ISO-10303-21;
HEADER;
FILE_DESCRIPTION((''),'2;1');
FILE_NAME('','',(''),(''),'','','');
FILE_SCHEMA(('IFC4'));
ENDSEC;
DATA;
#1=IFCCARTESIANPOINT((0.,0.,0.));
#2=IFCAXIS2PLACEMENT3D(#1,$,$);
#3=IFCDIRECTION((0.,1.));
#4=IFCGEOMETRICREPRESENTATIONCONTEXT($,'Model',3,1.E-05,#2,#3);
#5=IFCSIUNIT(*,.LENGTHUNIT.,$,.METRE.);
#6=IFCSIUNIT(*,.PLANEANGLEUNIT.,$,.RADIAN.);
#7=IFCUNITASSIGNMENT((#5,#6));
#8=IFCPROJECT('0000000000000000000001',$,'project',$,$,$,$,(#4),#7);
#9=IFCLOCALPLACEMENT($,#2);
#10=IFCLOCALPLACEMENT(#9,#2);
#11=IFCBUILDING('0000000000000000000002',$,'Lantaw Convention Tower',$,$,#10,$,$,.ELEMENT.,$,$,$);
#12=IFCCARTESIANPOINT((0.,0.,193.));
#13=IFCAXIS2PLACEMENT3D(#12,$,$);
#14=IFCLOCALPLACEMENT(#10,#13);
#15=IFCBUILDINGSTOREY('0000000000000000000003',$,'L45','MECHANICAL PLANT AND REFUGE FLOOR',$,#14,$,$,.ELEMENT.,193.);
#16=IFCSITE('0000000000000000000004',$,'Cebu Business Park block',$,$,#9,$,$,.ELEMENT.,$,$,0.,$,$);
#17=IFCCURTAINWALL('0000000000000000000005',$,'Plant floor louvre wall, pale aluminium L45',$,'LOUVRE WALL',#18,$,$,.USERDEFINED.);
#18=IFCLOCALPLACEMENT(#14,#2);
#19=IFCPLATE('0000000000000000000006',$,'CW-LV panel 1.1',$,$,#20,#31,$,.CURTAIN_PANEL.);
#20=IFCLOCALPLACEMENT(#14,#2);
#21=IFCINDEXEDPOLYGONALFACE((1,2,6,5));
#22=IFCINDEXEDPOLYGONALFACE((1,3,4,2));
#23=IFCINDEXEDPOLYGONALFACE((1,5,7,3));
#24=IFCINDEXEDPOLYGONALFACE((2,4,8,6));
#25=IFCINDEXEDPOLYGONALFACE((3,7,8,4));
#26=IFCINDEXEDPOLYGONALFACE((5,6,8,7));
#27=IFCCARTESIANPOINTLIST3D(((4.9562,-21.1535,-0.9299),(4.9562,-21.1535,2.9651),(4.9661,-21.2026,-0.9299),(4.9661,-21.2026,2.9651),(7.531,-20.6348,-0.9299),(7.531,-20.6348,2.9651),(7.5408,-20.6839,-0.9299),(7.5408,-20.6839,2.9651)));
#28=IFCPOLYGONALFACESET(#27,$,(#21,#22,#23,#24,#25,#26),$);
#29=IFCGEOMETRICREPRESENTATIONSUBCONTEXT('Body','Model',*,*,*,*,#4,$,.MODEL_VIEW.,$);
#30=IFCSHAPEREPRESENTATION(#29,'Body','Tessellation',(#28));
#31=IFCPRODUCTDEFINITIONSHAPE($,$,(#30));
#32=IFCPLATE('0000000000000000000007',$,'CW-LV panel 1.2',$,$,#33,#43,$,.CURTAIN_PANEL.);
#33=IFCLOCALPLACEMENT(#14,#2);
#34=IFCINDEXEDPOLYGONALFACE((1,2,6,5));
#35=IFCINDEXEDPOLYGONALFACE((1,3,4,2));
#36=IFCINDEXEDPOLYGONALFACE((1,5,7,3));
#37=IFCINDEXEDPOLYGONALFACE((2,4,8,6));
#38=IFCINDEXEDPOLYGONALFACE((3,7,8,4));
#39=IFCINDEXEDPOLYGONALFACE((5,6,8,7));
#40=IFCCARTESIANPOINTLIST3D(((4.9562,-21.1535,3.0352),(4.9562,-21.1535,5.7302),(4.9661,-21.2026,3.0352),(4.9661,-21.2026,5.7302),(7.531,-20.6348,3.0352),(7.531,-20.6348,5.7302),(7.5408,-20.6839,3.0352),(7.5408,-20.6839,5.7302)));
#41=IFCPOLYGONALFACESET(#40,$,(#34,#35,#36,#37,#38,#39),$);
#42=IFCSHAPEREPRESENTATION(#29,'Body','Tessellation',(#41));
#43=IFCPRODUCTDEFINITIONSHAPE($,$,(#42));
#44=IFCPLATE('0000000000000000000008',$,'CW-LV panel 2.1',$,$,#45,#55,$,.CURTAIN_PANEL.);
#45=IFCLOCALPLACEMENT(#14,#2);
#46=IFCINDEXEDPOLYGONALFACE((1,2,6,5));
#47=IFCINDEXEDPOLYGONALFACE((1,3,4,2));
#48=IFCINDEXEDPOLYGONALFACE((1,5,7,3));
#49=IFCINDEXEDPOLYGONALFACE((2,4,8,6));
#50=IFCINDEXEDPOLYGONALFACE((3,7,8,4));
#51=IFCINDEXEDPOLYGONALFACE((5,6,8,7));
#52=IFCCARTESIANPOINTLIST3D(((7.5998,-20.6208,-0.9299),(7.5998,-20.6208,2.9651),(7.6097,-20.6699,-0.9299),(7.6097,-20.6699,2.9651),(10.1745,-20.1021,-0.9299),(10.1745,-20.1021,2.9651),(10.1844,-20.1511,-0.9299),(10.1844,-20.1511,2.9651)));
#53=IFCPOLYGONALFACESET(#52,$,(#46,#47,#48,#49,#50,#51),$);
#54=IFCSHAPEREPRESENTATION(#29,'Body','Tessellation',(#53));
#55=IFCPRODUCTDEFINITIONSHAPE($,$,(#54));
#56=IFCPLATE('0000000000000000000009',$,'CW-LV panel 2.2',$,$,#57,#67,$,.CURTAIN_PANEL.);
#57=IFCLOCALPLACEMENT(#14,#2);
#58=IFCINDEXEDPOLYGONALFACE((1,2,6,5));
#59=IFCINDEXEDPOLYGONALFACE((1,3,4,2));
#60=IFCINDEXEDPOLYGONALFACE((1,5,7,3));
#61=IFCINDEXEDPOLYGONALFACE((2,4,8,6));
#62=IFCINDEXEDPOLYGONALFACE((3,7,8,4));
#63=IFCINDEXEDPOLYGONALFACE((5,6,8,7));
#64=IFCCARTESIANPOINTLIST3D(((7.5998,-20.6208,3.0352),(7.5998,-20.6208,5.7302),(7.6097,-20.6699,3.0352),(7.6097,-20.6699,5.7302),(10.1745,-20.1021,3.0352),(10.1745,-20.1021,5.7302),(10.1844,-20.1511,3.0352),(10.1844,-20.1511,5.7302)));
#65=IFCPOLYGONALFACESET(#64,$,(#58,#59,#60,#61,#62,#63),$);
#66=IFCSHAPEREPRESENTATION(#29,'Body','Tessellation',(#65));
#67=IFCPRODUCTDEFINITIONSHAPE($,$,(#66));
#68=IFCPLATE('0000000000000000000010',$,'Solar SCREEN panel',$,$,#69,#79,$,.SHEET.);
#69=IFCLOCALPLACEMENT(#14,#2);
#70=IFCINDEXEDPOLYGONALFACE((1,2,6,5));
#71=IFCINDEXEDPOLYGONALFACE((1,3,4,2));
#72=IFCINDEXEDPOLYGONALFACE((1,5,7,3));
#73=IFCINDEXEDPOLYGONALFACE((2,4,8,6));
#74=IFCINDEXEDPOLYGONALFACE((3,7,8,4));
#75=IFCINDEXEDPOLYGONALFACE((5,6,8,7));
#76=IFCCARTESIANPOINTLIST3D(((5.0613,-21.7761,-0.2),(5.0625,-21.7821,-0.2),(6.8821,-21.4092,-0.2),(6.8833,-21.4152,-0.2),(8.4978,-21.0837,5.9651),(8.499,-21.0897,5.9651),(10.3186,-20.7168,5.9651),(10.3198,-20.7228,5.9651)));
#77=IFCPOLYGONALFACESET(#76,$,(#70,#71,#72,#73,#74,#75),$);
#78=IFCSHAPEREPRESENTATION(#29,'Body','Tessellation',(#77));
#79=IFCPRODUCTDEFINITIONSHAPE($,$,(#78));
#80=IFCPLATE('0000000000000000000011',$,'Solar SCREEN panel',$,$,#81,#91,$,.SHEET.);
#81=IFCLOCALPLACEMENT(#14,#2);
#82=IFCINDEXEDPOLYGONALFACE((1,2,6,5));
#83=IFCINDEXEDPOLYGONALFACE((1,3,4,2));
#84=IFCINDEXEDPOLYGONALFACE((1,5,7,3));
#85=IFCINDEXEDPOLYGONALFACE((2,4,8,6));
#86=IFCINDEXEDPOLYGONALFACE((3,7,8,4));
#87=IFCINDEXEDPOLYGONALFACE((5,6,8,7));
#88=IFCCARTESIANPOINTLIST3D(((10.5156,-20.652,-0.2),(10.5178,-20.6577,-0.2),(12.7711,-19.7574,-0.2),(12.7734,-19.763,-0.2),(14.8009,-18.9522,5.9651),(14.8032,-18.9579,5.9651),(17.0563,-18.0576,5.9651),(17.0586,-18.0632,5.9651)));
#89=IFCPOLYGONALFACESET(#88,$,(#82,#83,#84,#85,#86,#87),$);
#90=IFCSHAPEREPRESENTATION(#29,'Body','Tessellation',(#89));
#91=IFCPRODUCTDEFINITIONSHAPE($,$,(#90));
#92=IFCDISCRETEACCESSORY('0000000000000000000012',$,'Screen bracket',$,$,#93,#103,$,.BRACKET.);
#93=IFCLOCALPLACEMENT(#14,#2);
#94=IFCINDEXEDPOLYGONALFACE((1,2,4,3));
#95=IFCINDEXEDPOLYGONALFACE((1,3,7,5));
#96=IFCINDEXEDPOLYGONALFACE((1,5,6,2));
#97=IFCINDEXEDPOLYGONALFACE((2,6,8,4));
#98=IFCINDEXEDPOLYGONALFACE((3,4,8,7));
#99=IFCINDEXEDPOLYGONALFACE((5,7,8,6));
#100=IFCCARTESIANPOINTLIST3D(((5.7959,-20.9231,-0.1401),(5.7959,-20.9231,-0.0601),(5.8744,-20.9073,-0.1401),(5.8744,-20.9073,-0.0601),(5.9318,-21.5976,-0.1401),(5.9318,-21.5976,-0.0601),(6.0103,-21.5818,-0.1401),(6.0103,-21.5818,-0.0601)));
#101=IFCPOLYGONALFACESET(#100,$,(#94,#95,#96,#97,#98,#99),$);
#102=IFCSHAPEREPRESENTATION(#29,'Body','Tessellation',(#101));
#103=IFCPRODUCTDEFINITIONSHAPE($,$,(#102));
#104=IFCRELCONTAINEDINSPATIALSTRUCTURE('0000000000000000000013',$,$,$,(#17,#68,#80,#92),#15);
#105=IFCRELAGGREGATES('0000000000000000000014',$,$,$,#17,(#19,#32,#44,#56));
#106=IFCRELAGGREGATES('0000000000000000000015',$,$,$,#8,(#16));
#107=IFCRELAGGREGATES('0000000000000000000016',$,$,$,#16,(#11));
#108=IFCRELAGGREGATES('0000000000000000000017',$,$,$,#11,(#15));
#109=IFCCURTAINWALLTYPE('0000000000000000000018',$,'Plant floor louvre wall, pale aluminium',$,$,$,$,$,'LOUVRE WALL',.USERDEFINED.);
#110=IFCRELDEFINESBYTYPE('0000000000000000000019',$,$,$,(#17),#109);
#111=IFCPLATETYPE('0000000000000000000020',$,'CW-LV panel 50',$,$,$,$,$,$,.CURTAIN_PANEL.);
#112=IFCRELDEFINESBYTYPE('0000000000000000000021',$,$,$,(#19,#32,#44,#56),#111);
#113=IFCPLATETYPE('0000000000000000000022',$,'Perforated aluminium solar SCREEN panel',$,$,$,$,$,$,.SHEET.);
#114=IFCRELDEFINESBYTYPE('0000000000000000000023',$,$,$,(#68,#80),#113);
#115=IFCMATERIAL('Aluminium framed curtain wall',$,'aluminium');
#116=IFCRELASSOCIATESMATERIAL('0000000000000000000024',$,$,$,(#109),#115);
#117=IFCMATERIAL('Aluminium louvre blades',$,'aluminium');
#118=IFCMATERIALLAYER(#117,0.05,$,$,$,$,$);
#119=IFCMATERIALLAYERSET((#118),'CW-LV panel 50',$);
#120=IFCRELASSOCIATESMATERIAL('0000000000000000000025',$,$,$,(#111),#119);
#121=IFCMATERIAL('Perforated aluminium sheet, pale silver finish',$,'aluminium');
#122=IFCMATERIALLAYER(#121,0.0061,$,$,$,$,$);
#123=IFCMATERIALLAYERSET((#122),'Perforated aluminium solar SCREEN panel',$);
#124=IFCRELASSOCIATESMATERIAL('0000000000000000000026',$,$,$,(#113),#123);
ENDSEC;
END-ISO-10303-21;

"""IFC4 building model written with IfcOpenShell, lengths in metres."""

from ifc_helpers import new_model, si_unit, direction, frame, origin, origin_2d, place, context, subcontext, project, spatial, polyline, rectangle, outline, extrude, material, layer, layer_set, type_object, element, aggregate, save


model = new_model("IFC4")

# Units and contexts
model_context = context("Model", 3, precision=1e-05, world=origin(), true_north=direction((0.0, 1.0)))
body_context = subcontext(model_context, "Body", "Model", "MODEL_VIEW")
ifc_project = project(units=[si_unit("LENGTHUNIT", "METRE"), si_unit("PLANEANGLEUNIT", "RADIAN")], contexts=[model_context])

# Site, building, storey
site_placement = place(None, origin())
site = spatial("IfcSite", under=ifc_project, at=site_placement, Name="Cebu Business Park block", CompositionType="ELEMENT", RefElevation=0.0)
building_placement = place(site_placement, origin())
building = spatial("IfcBuilding", under=site, at=building_placement, Name="Lantaw Convention Tower", CompositionType="ELEMENT")
storey_placement = place(building_placement, frame((0.0, 0.0, 193.0)))
storey = spatial("IfcBuildingStorey", under=building, at=storey_placement, Name="L45", Description="MECHANICAL PLANT AND REFUGE FLOOR", CompositionType="ELEMENT", Elevation=193.0)

# Shared definitions
ifc_material_1 = material(Name="Aluminium framed curtain wall", Category="aluminium")
curtain_wall_type = type_object("IfcCurtainWallType", Name="Plant floor louvre wall, pale aluminium", ElementType="LOUVRE WALL", PredefinedType="USERDEFINED", material=ifc_material_1)

# Curtain wall
curtain_wall_1_placement = place(storey_placement, origin())
curtain_wall_1 = element("IfcCurtainWall", 1, at=curtain_wall_1_placement, inside=storey, type_object=curtain_wall_type, Name="Plant floor louvre wall, pale aluminium L45", ObjectType="LOUVRE WALL", PredefinedType="USERDEFINED")

# Plates
ifc_material_2 = material(Name="Aluminium louvre blades", Category="aluminium")
ifc_layer_1 = layer(ifc_material_2, 0.05)
ifc_layer_set_1 = layer_set([ifc_layer_1], Name="CW-LV panel 50")
plate_type_1 = type_object("IfcPlateType", Name="CW-LV panel 50", PredefinedType="CURTAIN_PANEL", material=ifc_layer_set_1)
plate_1_placement = place(storey_placement, frame((6.2485, -20.9187, -0.9299), z_axis=(0.0, 0.0, 1.0), x_axis=(0.980302, 0.197507, 0.0)))
plate_1 = element("IfcPlate", 2, at=plate_1_placement, type_object=plate_type_1, Name="CW-LV panel 1.1", PredefinedType="CURTAIN_PANEL", context=body_context, shape_type="SweptSolid", body=[
    extrude(rectangle(XDim=2.6265, YDim=0.05, at=origin_2d()), origin(), (0.0, 0.0, 1.0), 3.895),
])
plate_2_placement = place(storey_placement, frame((6.2485, -20.9187, 3.0352), z_axis=(0.0, 0.0, 1.0), x_axis=(0.980302, 0.197507, 0.0)))
plate_2 = element("IfcPlate", 3, at=plate_2_placement, type_object=plate_type_1, Name="CW-LV panel 1.2", PredefinedType="CURTAIN_PANEL", context=body_context, shape_type="SweptSolid", body=[
    extrude(rectangle(XDim=2.6265, YDim=0.05, at=origin_2d()), origin(), (0.0, 0.0, 1.0), 2.6951),
])
plate_3_placement = place(storey_placement, frame((8.8921, -20.386, -0.9299), z_axis=(0.0, 0.0, 1.0), x_axis=(0.980302, 0.197507, 0.0)))
plate_3 = element("IfcPlate", 4, at=plate_3_placement, type_object=plate_type_1, Name="CW-LV panel 2.1", PredefinedType="CURTAIN_PANEL", context=body_context, shape_type="SweptSolid", body=[
    extrude(rectangle(XDim=2.6265, YDim=0.05, at=origin_2d()), origin(), (0.0, 0.0, 1.0), 3.895),
])
plate_4_placement = place(storey_placement, frame((8.8921, -20.386, 3.0352), z_axis=(0.0, 0.0, 1.0), x_axis=(0.980302, 0.197507, 0.0)))
plate_4 = element("IfcPlate", 5, at=plate_4_placement, type_object=plate_type_1, Name="CW-LV panel 2.2", PredefinedType="CURTAIN_PANEL", context=body_context, shape_type="SweptSolid", body=[
    extrude(rectangle(XDim=2.6265, YDim=0.05, at=origin_2d()), origin(), (0.0, 0.0, 1.0), 2.6951),
])
aggregate(curtain_wall_1, [plate_1, plate_2, plate_3, plate_4])

# Plates
ifc_material_3 = material(Name="Perforated aluminium sheet, pale silver finish", Category="aluminium")
ifc_layer_2 = layer(ifc_material_3, 0.0061)
ifc_layer_set_2 = layer_set([ifc_layer_2], Name="Perforated aluminium solar SCREEN panel")
plate_type_2 = type_object("IfcPlateType", Name="Perforated aluminium solar SCREEN panel", PredefinedType="SHEET", material=ifc_layer_set_2)
plate_5_placement = place(storey_placement, frame((5.0613, -21.7761, -0.2), z_axis=(-0.197557, 0.980291, 0.000028), x_axis=(0.980291, 0.197557, 0.0)))
element("IfcPlate", 6, at=plate_5_placement, inside=storey, type_object=plate_type_2, Name="Solar SCREEN panel", PredefinedType="SHEET", context=body_context, shape_type="SweptSolid", body=[
    extrude(outline(polyline([(0.0, 0.0), (1.8574, 0.0), (5.363, -6.165), (3.5056, -6.165), (0.0, 0.0)])), origin(), (0.0, 0.0, -1.0), 0.0061),
])
plate_6_placement = place(storey_placement, frame((10.5178, -20.6577, -0.2), z_axis=(0.368709, -0.929545, 0.000008), x_axis=(0.929545, 0.368709, 0.0)))
element("IfcPlate", 7, at=plate_6_placement, inside=storey, type_object=plate_type_2, Name="Solar SCREEN panel", PredefinedType="SHEET", context=body_context, shape_type="SweptSolid", body=[
    extrude(outline(polyline([(0.0, 0.0), (2.4265, 0.0), (7.0365, 6.165), (4.6102, 6.165), (0.0, 0.0)])), origin(), (0.0, 0.0, -1.0), 0.0061),
])

# Discrete accessory
discrete_accessory_placement = place(storey_placement, frame((5.9031, -21.2524, -0.1401), z_axis=(0.0, 0.0, 1.0), x_axis=(0.980302, 0.197507, 0.0)))
element("IfcDiscreteAccessory", 8, at=discrete_accessory_placement, inside=storey, Name="Screen bracket", PredefinedType="BRACKET", context=body_context, shape_type="SweptSolid", body=[
    extrude(rectangle(XDim=0.0801, YDim=0.688, at=origin_2d()), origin(), (0.0, 0.0, 1.0), 0.0801),
])

save(model, "model.ifc")
